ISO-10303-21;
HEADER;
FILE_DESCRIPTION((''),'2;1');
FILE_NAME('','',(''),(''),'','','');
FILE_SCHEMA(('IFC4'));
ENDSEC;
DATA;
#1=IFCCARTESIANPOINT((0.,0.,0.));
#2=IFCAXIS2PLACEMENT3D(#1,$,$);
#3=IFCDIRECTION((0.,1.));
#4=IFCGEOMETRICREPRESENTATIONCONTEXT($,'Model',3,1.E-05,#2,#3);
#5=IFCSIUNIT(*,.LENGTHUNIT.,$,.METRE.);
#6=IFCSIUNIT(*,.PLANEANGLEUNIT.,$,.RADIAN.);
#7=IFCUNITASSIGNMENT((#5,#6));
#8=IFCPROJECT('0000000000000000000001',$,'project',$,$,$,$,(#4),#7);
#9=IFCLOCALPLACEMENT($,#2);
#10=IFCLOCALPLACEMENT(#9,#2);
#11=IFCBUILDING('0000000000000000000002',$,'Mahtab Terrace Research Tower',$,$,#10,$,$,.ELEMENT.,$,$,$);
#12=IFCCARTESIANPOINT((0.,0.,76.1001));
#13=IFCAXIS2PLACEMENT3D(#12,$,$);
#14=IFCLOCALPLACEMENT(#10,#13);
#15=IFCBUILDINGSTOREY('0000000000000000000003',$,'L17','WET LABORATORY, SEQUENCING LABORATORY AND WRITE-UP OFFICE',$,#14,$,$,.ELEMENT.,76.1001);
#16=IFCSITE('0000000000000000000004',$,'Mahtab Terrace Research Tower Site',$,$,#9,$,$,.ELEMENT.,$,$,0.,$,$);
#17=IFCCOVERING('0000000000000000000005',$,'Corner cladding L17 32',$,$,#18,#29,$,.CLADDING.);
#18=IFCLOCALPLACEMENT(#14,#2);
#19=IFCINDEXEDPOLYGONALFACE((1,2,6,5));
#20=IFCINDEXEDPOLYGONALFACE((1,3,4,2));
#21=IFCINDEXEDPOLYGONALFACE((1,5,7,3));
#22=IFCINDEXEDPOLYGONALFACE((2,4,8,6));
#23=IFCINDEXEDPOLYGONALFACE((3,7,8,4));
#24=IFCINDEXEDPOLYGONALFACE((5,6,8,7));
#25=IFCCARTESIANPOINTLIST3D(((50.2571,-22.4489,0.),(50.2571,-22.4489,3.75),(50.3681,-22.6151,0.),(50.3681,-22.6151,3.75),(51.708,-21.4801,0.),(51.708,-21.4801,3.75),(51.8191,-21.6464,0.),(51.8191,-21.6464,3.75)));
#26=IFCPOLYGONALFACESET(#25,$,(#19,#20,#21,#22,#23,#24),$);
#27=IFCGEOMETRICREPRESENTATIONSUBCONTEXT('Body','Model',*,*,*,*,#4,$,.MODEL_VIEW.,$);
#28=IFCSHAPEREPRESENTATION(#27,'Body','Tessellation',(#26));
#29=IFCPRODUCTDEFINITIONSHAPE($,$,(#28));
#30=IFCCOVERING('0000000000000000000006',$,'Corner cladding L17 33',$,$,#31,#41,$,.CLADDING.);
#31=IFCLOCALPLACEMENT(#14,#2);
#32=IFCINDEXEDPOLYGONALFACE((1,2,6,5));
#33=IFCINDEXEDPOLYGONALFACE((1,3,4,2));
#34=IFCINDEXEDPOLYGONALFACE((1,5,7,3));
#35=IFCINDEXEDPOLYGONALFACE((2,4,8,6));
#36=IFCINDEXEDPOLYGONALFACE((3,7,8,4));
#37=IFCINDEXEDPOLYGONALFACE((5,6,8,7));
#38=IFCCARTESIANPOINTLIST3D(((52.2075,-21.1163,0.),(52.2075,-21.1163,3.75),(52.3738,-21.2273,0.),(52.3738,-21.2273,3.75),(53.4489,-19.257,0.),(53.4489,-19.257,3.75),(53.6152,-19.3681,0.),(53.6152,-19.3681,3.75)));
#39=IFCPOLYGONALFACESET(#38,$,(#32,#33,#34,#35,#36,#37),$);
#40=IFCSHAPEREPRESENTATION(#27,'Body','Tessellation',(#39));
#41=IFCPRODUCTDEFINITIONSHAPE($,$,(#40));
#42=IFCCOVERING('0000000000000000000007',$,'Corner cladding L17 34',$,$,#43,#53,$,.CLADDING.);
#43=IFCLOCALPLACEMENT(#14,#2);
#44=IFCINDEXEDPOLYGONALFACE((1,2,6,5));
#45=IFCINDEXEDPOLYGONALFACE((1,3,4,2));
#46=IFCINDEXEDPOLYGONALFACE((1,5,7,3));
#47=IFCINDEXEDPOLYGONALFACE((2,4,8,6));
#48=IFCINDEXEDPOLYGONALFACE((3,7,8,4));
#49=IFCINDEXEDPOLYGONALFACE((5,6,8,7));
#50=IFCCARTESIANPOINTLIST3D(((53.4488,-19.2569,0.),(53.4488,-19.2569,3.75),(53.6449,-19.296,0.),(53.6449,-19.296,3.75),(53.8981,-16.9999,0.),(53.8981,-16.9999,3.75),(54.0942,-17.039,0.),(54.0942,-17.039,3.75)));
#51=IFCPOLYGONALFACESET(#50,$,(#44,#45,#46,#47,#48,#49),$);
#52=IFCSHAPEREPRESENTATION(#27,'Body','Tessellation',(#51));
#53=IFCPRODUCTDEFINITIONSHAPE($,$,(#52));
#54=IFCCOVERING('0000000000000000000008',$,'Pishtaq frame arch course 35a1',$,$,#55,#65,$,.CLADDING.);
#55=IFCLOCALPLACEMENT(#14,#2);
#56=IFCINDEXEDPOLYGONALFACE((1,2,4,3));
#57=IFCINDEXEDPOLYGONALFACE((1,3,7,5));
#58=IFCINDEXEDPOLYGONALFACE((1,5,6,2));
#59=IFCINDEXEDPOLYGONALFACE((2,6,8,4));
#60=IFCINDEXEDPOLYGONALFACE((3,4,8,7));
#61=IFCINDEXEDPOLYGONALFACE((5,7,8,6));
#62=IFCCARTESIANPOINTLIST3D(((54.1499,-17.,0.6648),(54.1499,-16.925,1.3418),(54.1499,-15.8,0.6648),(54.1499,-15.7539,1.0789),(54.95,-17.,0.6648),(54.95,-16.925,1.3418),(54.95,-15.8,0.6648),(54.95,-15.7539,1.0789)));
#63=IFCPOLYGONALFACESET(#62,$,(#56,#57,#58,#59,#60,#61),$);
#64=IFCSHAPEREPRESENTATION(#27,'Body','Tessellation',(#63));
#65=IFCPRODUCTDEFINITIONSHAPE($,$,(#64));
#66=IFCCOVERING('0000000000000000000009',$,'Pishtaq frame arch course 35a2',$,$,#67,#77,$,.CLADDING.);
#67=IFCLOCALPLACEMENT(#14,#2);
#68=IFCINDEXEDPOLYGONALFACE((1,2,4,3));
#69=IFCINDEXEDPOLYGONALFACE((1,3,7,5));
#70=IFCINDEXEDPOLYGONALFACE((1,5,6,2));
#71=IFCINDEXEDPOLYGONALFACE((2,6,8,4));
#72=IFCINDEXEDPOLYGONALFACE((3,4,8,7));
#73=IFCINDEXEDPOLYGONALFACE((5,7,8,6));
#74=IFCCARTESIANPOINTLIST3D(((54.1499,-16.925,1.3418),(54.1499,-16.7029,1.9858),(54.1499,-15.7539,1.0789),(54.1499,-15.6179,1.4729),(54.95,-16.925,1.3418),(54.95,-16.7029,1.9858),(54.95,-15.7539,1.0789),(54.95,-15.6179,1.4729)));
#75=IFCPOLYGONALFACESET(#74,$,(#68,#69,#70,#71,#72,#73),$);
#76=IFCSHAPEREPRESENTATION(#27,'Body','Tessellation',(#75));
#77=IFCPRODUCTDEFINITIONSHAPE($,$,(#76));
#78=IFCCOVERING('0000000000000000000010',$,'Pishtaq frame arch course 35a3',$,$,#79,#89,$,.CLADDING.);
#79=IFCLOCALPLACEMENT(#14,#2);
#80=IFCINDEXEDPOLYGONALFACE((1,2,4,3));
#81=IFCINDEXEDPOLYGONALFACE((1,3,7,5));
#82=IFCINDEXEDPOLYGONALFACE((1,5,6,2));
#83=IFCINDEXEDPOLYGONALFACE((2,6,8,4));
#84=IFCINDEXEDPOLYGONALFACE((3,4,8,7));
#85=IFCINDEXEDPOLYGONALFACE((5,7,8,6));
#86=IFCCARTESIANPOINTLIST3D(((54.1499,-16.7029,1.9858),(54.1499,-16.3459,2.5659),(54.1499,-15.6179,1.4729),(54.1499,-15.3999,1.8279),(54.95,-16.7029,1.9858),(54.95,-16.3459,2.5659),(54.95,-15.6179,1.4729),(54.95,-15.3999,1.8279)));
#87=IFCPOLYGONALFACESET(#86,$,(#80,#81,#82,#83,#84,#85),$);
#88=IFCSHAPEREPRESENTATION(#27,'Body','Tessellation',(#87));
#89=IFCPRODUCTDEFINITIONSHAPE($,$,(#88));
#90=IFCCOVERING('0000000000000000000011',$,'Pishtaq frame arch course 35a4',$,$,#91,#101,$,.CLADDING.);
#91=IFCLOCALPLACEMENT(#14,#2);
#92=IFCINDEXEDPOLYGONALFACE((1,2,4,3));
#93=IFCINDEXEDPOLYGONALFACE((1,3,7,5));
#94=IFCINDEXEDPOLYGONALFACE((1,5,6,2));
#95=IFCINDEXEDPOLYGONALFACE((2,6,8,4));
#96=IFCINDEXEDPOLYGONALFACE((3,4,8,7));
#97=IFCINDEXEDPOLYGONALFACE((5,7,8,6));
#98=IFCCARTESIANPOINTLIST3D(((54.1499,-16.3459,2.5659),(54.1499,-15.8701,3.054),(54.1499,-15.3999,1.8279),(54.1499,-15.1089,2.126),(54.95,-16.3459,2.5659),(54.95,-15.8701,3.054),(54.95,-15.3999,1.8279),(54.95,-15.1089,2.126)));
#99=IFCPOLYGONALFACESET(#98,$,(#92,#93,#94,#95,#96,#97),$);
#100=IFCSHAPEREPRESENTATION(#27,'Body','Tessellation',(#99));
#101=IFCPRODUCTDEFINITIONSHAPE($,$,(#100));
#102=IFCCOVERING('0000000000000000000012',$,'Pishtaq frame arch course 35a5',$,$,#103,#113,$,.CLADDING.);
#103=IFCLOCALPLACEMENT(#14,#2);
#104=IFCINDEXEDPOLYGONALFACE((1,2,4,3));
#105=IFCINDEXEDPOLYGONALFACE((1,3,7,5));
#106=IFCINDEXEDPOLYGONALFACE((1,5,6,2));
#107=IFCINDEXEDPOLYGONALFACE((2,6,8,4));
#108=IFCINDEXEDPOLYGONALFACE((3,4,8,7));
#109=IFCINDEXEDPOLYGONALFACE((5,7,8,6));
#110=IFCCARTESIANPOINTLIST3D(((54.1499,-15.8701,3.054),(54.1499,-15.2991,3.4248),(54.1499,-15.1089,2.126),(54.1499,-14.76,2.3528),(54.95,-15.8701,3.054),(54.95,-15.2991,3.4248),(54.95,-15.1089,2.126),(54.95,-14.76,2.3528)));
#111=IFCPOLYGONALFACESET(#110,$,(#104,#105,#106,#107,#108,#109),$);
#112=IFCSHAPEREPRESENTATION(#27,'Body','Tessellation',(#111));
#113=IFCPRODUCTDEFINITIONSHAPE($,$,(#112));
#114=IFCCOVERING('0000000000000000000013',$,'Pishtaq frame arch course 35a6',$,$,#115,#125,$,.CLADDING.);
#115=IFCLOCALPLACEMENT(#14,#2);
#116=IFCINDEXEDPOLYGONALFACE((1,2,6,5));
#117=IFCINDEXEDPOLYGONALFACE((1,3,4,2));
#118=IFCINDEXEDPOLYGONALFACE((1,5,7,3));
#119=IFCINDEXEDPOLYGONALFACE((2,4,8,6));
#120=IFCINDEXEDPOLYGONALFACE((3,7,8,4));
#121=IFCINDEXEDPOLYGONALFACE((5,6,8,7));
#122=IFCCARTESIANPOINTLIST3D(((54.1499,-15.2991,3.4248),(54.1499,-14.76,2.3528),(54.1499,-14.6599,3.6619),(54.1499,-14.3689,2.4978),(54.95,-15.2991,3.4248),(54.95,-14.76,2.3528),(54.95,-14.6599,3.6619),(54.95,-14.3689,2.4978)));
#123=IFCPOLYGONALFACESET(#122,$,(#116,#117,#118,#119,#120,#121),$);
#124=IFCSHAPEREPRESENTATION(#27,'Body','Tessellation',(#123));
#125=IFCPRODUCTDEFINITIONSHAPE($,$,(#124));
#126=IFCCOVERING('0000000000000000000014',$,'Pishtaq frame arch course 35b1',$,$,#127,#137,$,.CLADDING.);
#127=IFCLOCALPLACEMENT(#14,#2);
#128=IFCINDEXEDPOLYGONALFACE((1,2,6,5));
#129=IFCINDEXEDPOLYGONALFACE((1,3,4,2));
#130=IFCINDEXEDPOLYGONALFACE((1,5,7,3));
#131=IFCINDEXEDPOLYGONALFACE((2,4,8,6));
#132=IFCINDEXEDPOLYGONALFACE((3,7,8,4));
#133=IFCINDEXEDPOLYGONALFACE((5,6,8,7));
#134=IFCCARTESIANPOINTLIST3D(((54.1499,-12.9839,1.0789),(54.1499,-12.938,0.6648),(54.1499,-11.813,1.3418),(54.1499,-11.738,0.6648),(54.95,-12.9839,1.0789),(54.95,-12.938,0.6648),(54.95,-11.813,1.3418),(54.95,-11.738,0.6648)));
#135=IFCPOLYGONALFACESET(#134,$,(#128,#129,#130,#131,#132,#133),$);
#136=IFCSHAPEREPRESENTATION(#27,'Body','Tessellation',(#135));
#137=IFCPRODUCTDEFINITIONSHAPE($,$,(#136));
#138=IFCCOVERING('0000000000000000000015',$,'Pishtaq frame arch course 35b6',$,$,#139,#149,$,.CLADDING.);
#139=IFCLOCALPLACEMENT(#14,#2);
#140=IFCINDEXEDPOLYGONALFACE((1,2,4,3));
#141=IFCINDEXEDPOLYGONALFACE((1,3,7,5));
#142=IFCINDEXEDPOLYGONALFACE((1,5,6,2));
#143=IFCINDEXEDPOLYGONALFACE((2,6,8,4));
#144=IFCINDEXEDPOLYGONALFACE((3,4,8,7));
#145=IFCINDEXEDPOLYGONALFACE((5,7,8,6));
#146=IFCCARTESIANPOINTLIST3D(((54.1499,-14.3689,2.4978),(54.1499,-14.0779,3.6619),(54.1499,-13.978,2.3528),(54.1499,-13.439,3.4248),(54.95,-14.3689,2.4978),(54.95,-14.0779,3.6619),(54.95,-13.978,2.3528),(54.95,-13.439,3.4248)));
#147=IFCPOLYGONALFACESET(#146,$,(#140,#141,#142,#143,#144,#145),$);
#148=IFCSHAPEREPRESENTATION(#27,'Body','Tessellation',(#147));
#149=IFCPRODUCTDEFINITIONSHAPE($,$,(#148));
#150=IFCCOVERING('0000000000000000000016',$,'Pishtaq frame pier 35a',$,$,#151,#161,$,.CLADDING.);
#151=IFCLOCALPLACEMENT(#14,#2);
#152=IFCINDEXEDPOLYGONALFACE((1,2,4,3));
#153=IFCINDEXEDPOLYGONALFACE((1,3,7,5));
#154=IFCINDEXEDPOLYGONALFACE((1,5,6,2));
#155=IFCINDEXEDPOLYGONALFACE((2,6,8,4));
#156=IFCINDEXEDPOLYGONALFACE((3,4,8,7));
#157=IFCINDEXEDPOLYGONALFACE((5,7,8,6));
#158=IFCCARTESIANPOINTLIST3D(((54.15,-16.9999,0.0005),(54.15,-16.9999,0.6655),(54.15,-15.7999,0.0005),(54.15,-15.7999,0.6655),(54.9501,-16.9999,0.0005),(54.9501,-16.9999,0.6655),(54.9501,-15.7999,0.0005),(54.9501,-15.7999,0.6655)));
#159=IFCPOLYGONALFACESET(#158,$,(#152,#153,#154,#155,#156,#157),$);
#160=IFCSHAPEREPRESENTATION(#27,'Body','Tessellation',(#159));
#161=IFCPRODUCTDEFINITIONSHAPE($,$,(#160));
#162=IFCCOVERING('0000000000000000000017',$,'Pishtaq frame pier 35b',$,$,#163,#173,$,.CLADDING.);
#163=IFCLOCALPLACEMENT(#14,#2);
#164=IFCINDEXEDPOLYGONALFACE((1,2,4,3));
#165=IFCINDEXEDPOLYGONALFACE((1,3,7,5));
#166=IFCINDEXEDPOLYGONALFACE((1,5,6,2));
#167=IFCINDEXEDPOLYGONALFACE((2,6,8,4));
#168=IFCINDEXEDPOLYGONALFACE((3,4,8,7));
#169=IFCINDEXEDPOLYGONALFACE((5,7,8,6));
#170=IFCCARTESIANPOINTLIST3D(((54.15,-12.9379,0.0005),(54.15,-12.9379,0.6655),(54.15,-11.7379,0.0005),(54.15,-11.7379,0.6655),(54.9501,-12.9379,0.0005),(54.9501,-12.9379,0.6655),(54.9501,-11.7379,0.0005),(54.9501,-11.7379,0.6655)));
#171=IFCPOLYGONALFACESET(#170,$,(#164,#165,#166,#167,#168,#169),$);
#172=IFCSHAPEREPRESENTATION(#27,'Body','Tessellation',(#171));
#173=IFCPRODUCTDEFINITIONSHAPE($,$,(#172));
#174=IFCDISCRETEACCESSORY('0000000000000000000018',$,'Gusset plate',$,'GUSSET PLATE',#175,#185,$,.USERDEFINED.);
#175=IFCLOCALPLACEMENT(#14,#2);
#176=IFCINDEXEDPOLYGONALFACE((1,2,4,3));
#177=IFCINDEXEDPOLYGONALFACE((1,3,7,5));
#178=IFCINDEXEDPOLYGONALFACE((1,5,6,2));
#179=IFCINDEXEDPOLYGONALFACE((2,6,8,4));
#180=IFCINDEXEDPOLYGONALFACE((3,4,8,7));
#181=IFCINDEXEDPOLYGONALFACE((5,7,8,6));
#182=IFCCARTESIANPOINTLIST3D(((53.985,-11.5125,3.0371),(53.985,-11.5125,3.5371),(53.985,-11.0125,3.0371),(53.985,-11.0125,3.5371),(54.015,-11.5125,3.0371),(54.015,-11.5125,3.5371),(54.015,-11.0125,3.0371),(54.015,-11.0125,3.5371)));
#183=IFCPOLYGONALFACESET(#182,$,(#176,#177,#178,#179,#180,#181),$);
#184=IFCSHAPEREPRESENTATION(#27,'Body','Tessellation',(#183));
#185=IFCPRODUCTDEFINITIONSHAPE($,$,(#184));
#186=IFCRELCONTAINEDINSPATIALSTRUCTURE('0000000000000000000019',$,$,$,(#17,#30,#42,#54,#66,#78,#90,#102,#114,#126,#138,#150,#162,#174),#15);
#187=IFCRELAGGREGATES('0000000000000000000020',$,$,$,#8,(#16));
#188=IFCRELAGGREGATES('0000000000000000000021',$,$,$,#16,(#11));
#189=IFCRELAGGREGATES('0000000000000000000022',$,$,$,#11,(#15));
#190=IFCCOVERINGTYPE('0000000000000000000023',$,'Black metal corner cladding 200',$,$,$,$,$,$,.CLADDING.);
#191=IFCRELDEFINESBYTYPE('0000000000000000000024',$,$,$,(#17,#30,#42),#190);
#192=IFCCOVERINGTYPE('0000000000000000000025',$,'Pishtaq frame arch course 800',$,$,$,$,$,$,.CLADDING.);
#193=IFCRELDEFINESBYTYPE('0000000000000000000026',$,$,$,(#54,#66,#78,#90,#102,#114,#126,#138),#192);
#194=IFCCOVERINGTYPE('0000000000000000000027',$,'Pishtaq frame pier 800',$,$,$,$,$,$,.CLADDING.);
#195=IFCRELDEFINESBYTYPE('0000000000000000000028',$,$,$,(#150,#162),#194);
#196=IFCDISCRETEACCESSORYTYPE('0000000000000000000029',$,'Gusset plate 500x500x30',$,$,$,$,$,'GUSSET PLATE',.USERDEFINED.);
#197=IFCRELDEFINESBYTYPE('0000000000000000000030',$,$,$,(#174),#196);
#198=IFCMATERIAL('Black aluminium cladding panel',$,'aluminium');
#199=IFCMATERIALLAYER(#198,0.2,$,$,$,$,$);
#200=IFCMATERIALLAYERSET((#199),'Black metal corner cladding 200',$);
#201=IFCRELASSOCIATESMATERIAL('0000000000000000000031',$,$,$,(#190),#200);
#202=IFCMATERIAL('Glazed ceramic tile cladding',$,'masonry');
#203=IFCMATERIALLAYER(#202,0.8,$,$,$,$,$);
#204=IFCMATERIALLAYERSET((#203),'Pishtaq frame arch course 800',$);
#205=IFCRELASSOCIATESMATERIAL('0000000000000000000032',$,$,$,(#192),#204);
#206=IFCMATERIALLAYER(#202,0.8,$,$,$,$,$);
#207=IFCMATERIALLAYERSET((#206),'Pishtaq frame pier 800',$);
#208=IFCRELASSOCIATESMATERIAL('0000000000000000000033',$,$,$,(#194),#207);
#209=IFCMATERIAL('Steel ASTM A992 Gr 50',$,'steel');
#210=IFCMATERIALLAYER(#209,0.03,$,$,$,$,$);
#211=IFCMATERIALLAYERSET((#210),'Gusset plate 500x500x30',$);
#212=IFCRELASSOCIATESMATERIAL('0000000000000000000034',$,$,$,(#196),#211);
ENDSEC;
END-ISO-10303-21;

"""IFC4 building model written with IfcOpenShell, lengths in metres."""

from ifc_helpers import new_model, si_unit, direction, frame, origin, origin_2d, place, context, subcontext, project, spatial, polyline, rectangle, outline, extrude, material, layer, layer_set, type_object, element, save


model = new_model("IFC4")

# Units and contexts
model_context = context("Model", 3, precision=1e-05, world=origin(), true_north=direction((0.0, 1.0)))
body_context = subcontext(model_context, "Body", "Model", "MODEL_VIEW")
ifc_project = project(units=[si_unit("LENGTHUNIT", "METRE"), si_unit("PLANEANGLEUNIT", "RADIAN")], contexts=[model_context])

# Site, building, storey
site_placement = place(None, origin())
site = spatial("IfcSite", under=ifc_project, at=site_placement, Name="Mahtab Terrace Research Tower Site", CompositionType="ELEMENT", RefElevation=0.0)
building_placement = place(site_placement, origin())
building = spatial("IfcBuilding", under=site, at=building_placement, Name="Mahtab Terrace Research Tower", CompositionType="ELEMENT")
storey_placement = place(building_placement, frame((0.0, 0.0, 76.1001)))
storey = spatial("IfcBuildingStorey", under=building, at=storey_placement, Name="L17", Description="WET LABORATORY, SEQUENCING LABORATORY AND WRITE-UP OFFICE", CompositionType="ELEMENT", Elevation=76.1001)

# Shared definitions
ifc_material_1 = material(Name="Steel ASTM A992 Gr 50", Category="steel")

# Shared definitions
ifc_material_2 = material(Name="Black aluminium cladding panel", Category="aluminium")

# Coverings
ifc_layer_1 = layer(ifc_material_2, 0.2)
ifc_layer_set_1 = layer_set([ifc_layer_1], Name="Black metal corner cladding 200")
covering_type_1 = type_object("IfcCoveringType", Name="Black metal corner cladding 200", PredefinedType="CLADDING", material=ifc_layer_set_1)
covering_1_placement = place(storey_placement, frame((51.0381, -22.0476, 0.0), z_axis=(0.0, 0.0, 1.0), x_axis=(0.831656, 0.555291, 0.0)))
element("IfcCovering", 1, at=covering_1_placement, inside=storey, type_object=covering_type_1, Name="Corner cladding L17 32", PredefinedType="CLADDING", context=body_context, shape_type="SweptSolid", body=[
    extrude(rectangle(XDim=1.7446, YDim=0.2, at=origin_2d()), origin(), (0.0, 0.0, 1.0), 3.75),
])
covering_2_placement = place(storey_placement, frame((52.9114, -20.2422, 0.0), z_axis=(0.0, 0.0, 1.0), x_axis=(0.555291, 0.831656, 0.0)))
element("IfcCovering", 2, at=covering_2_placement, inside=storey, type_object=covering_type_1, Name="Corner cladding L17 33", PredefinedType="CLADDING", context=body_context, shape_type="SweptSolid", body=[
    extrude(rectangle(XDim=2.2356, YDim=0.2, at=origin_2d()), origin(), (0.0, 0.0, 1.0), 3.75),
])
covering_3_placement = place(storey_placement, frame((53.7715, -18.1479, 0.0), z_axis=(0.0, 0.0, 1.0), x_axis=(0.195212, 0.980761, 0.0)))
element("IfcCovering", 3, at=covering_3_placement, inside=storey, type_object=covering_type_1, Name="Corner cladding L17 34", PredefinedType="CLADDING", context=body_context, shape_type="SweptSolid", body=[
    extrude(rectangle(XDim=2.3013, YDim=0.2, at=origin_2d()), origin(), (0.0, 0.0, 1.0), 3.75),
])
ifc_material_3 = material(Name="Glazed ceramic tile cladding", Category="masonry")
ifc_layer_2 = layer(ifc_material_3, 0.8)
ifc_layer_set_2 = layer_set([ifc_layer_2], Name="Pishtaq frame arch course 800")
covering_type_2 = type_object("IfcCoveringType", Name="Pishtaq frame arch course 800", PredefinedType="CLADDING", material=ifc_layer_set_2)
covering_4_placement = place(storey_placement, frame((54.1499, -17.0, 0.6648), z_axis=(-1.0, 0.0, 0.0), x_axis=(0.0, 0.110038, 0.993927)))
element("IfcCovering", 4, at=covering_4_placement, inside=storey, type_object=covering_type_2, Name="Pishtaq frame arch course 35a1", PredefinedType="CLADDING", context=body_context, shape_type="SweptSolid", body=[
    extrude(outline(polyline([(0.0, 0.0), (0.6811, 0.0), (0.5487, 1.193), (0.132, 1.1927), (0.0, 0.0)])), origin(), (0.0, 0.0, -1.0), 0.8),
])
covering_5_placement = place(storey_placement, frame((54.1499, -16.925, 1.3418), z_axis=(-1.0, 0.0, 0.0), x_axis=(0.0, 0.326101, 0.945335)))
element("IfcCovering", 5, at=covering_5_placement, inside=storey, type_object=covering_type_2, Name="Pishtaq frame arch course 35a2", PredefinedType="CLADDING", context=body_context, shape_type="SweptSolid", body=[
    extrude(outline(polyline([(0.0, 0.0), (0.6813, 0.0), (0.5502, 1.1929), (0.1333, 1.1929), (0.0, 0.0)])), origin(), (0.0, 0.0, -1.0), 0.8),
])
covering_6_placement = place(storey_placement, frame((54.1499, -16.7029, 1.9858), z_axis=(-1.0, 0.0, 0.0), x_axis=(0.0, 0.524057, 0.851683)))
element("IfcCovering", 6, at=covering_6_placement, inside=storey, type_object=covering_type_2, Name="Pishtaq frame arch course 35a3", PredefinedType="CLADDING", context=body_context, shape_type="SweptSolid", body=[
    extrude(outline(polyline([(0.0, 0.0), (0.6811, 0.0), (0.5483, 1.1925), (0.1317, 1.1929), (0.0, 0.0)])), origin(), (0.0, 0.0, -1.0), 0.8),
])
covering_7_placement = place(storey_placement, frame((54.1499, -16.3459, 2.5659), z_axis=(-1.0, 0.0, 0.0), x_axis=(0.0, 0.698096, 0.716005)))
element("IfcCovering", 7, at=covering_7_placement, inside=storey, type_object=covering_type_2, Name="Pishtaq frame arch course 35a4", PredefinedType="CLADDING", context=body_context, shape_type="SweptSolid", body=[
    extrude(outline(polyline([(0.0, 0.0), (0.6816, 0.0), (0.5486, 1.1929), (0.132, 1.1926), (0.0, 0.0)])), origin(), (0.0, 0.0, -1.0), 0.8),
])
covering_8_placement = place(storey_placement, frame((54.1499, -15.8701, 3.054), z_axis=(-1.0, 0.0, 0.0), x_axis=(0.0, 0.838665, 0.544648)))
element("IfcCovering", 8, at=covering_8_placement, inside=storey, type_object=covering_type_2, Name="Pishtaq frame arch course 35a5", PredefinedType="CLADDING", context=body_context, shape_type="SweptSolid", body=[
    extrude(outline(polyline([(0.0, 0.0), (0.6809, 0.0), (0.5491, 1.1927), (0.133, 1.1929), (0.0, 0.0)])), origin(), (0.0, 0.0, -1.0), 0.8),
])
covering_9_placement = place(storey_placement, frame((54.1499, -15.2991, 3.4248), z_axis=(-1.0, 0.0, 0.0), x_axis=(0.0, 0.937589, 0.347746)))
element("IfcCovering", 9, at=covering_9_placement, inside=storey, type_object=covering_type_2, Name="Pishtaq frame arch course 35a6", PredefinedType="CLADDING", context=body_context, shape_type="SweptSolid", body=[
    extrude(outline(polyline([(0.0, 0.0), (0.6817, 0.0), (0.5498, 1.1926), (0.1326, 1.1926), (0.0, 0.0)])), origin(), (0.0, 0.0, -1.0), 0.8),
])
covering_10_placement = place(storey_placement, frame((54.1499, -12.938, 0.6648), z_axis=(-1.0, 0.0, 0.0), x_axis=(0.0, -0.110174, 0.993912)))
element("IfcCovering", 10, at=covering_10_placement, inside=storey, type_object=covering_type_2, Name="Pishtaq frame arch course 35b1", PredefinedType="CLADDING", context=body_context, shape_type="SweptSolid", body=[
    extrude(outline(polyline([(0.0, 0.0), (0.4166, 0.0), (0.5489, 1.1927), (-0.1322, 1.1926), (0.0, 0.0)])), origin(), (0.0, 0.0, -1.0), 0.8),
])
covering_11_placement = place(storey_placement, frame((54.1499, -13.978, 2.3528), z_axis=(-1.0, 0.0, 0.0), x_axis=(0.0, -0.937551, 0.347848)))
element("IfcCovering", 11, at=covering_11_placement, inside=storey, type_object=covering_type_2, Name="Pishtaq frame arch course 35b6", PredefinedType="CLADDING", context=body_context, shape_type="SweptSolid", body=[
    extrude(outline(polyline([(0.0, 0.0), (0.4169, 0.0), (0.549, 1.1926), (-0.1325, 1.1926), (0.0, 0.0)])), origin(), (0.0, 0.0, -1.0), 0.8),
])
ifc_layer_3 = layer(ifc_material_3, 0.8)
ifc_layer_set_3 = layer_set([ifc_layer_3], Name="Pishtaq frame pier 800")
covering_type_3 = type_object("IfcCoveringType", Name="Pishtaq frame pier 800", PredefinedType="CLADDING", material=ifc_layer_set_3)
for number, where, z_axis, x_axis, name in (
    (12, (54.55, -16.3999, 0.0005), (0.0, 0.0, 1.0), (0.0, 1.0, 0.0), "Pishtaq frame pier 35a"),
    (13, (54.55, -12.3379, 0.0005), (0.0, 0.0, 1.0), (0.0, 1.0, 0.0), "Pishtaq frame pier 35b"),
):
    element("IfcCovering", number, at=place(storey_placement, frame(where, z_axis=z_axis, x_axis=x_axis)), inside=storey, type_object=covering_type_3, Name=name, PredefinedType="CLADDING", context=body_context, shape_type="SweptSolid", body=[
        extrude(rectangle(XDim=1.2, YDim=0.8, at=origin_2d()), origin(), (0.0, 0.0, 1.0), 0.665),
    ])

# Discrete accessory
ifc_layer_4 = layer(ifc_material_1, 0.03)
ifc_layer_set_4 = layer_set([ifc_layer_4], Name="Gusset plate 500x500x30")
discrete_accessory_type = type_object("IfcDiscreteAccessoryType", Name="Gusset plate 500x500x30", ElementType="GUSSET PLATE", PredefinedType="USERDEFINED", material=ifc_layer_set_4)
discrete_accessory_placement = place(storey_placement, frame((54.0, -11.2625, 3.0371), z_axis=(0.0, 0.0, 1.0), x_axis=(0.0, 1.0, 0.0)))
element("IfcDiscreteAccessory", 14, at=discrete_accessory_placement, inside=storey, type_object=discrete_accessory_type, Name="Gusset plate", ObjectType="GUSSET PLATE", PredefinedType="USERDEFINED", context=body_context, shape_type="SweptSolid", body=[
    extrude(rectangle(XDim=0.5, YDim=0.03, at=origin_2d()), origin(), (0.0, 0.0, 1.0), 0.5),
])

save(model, "model.ifc")
